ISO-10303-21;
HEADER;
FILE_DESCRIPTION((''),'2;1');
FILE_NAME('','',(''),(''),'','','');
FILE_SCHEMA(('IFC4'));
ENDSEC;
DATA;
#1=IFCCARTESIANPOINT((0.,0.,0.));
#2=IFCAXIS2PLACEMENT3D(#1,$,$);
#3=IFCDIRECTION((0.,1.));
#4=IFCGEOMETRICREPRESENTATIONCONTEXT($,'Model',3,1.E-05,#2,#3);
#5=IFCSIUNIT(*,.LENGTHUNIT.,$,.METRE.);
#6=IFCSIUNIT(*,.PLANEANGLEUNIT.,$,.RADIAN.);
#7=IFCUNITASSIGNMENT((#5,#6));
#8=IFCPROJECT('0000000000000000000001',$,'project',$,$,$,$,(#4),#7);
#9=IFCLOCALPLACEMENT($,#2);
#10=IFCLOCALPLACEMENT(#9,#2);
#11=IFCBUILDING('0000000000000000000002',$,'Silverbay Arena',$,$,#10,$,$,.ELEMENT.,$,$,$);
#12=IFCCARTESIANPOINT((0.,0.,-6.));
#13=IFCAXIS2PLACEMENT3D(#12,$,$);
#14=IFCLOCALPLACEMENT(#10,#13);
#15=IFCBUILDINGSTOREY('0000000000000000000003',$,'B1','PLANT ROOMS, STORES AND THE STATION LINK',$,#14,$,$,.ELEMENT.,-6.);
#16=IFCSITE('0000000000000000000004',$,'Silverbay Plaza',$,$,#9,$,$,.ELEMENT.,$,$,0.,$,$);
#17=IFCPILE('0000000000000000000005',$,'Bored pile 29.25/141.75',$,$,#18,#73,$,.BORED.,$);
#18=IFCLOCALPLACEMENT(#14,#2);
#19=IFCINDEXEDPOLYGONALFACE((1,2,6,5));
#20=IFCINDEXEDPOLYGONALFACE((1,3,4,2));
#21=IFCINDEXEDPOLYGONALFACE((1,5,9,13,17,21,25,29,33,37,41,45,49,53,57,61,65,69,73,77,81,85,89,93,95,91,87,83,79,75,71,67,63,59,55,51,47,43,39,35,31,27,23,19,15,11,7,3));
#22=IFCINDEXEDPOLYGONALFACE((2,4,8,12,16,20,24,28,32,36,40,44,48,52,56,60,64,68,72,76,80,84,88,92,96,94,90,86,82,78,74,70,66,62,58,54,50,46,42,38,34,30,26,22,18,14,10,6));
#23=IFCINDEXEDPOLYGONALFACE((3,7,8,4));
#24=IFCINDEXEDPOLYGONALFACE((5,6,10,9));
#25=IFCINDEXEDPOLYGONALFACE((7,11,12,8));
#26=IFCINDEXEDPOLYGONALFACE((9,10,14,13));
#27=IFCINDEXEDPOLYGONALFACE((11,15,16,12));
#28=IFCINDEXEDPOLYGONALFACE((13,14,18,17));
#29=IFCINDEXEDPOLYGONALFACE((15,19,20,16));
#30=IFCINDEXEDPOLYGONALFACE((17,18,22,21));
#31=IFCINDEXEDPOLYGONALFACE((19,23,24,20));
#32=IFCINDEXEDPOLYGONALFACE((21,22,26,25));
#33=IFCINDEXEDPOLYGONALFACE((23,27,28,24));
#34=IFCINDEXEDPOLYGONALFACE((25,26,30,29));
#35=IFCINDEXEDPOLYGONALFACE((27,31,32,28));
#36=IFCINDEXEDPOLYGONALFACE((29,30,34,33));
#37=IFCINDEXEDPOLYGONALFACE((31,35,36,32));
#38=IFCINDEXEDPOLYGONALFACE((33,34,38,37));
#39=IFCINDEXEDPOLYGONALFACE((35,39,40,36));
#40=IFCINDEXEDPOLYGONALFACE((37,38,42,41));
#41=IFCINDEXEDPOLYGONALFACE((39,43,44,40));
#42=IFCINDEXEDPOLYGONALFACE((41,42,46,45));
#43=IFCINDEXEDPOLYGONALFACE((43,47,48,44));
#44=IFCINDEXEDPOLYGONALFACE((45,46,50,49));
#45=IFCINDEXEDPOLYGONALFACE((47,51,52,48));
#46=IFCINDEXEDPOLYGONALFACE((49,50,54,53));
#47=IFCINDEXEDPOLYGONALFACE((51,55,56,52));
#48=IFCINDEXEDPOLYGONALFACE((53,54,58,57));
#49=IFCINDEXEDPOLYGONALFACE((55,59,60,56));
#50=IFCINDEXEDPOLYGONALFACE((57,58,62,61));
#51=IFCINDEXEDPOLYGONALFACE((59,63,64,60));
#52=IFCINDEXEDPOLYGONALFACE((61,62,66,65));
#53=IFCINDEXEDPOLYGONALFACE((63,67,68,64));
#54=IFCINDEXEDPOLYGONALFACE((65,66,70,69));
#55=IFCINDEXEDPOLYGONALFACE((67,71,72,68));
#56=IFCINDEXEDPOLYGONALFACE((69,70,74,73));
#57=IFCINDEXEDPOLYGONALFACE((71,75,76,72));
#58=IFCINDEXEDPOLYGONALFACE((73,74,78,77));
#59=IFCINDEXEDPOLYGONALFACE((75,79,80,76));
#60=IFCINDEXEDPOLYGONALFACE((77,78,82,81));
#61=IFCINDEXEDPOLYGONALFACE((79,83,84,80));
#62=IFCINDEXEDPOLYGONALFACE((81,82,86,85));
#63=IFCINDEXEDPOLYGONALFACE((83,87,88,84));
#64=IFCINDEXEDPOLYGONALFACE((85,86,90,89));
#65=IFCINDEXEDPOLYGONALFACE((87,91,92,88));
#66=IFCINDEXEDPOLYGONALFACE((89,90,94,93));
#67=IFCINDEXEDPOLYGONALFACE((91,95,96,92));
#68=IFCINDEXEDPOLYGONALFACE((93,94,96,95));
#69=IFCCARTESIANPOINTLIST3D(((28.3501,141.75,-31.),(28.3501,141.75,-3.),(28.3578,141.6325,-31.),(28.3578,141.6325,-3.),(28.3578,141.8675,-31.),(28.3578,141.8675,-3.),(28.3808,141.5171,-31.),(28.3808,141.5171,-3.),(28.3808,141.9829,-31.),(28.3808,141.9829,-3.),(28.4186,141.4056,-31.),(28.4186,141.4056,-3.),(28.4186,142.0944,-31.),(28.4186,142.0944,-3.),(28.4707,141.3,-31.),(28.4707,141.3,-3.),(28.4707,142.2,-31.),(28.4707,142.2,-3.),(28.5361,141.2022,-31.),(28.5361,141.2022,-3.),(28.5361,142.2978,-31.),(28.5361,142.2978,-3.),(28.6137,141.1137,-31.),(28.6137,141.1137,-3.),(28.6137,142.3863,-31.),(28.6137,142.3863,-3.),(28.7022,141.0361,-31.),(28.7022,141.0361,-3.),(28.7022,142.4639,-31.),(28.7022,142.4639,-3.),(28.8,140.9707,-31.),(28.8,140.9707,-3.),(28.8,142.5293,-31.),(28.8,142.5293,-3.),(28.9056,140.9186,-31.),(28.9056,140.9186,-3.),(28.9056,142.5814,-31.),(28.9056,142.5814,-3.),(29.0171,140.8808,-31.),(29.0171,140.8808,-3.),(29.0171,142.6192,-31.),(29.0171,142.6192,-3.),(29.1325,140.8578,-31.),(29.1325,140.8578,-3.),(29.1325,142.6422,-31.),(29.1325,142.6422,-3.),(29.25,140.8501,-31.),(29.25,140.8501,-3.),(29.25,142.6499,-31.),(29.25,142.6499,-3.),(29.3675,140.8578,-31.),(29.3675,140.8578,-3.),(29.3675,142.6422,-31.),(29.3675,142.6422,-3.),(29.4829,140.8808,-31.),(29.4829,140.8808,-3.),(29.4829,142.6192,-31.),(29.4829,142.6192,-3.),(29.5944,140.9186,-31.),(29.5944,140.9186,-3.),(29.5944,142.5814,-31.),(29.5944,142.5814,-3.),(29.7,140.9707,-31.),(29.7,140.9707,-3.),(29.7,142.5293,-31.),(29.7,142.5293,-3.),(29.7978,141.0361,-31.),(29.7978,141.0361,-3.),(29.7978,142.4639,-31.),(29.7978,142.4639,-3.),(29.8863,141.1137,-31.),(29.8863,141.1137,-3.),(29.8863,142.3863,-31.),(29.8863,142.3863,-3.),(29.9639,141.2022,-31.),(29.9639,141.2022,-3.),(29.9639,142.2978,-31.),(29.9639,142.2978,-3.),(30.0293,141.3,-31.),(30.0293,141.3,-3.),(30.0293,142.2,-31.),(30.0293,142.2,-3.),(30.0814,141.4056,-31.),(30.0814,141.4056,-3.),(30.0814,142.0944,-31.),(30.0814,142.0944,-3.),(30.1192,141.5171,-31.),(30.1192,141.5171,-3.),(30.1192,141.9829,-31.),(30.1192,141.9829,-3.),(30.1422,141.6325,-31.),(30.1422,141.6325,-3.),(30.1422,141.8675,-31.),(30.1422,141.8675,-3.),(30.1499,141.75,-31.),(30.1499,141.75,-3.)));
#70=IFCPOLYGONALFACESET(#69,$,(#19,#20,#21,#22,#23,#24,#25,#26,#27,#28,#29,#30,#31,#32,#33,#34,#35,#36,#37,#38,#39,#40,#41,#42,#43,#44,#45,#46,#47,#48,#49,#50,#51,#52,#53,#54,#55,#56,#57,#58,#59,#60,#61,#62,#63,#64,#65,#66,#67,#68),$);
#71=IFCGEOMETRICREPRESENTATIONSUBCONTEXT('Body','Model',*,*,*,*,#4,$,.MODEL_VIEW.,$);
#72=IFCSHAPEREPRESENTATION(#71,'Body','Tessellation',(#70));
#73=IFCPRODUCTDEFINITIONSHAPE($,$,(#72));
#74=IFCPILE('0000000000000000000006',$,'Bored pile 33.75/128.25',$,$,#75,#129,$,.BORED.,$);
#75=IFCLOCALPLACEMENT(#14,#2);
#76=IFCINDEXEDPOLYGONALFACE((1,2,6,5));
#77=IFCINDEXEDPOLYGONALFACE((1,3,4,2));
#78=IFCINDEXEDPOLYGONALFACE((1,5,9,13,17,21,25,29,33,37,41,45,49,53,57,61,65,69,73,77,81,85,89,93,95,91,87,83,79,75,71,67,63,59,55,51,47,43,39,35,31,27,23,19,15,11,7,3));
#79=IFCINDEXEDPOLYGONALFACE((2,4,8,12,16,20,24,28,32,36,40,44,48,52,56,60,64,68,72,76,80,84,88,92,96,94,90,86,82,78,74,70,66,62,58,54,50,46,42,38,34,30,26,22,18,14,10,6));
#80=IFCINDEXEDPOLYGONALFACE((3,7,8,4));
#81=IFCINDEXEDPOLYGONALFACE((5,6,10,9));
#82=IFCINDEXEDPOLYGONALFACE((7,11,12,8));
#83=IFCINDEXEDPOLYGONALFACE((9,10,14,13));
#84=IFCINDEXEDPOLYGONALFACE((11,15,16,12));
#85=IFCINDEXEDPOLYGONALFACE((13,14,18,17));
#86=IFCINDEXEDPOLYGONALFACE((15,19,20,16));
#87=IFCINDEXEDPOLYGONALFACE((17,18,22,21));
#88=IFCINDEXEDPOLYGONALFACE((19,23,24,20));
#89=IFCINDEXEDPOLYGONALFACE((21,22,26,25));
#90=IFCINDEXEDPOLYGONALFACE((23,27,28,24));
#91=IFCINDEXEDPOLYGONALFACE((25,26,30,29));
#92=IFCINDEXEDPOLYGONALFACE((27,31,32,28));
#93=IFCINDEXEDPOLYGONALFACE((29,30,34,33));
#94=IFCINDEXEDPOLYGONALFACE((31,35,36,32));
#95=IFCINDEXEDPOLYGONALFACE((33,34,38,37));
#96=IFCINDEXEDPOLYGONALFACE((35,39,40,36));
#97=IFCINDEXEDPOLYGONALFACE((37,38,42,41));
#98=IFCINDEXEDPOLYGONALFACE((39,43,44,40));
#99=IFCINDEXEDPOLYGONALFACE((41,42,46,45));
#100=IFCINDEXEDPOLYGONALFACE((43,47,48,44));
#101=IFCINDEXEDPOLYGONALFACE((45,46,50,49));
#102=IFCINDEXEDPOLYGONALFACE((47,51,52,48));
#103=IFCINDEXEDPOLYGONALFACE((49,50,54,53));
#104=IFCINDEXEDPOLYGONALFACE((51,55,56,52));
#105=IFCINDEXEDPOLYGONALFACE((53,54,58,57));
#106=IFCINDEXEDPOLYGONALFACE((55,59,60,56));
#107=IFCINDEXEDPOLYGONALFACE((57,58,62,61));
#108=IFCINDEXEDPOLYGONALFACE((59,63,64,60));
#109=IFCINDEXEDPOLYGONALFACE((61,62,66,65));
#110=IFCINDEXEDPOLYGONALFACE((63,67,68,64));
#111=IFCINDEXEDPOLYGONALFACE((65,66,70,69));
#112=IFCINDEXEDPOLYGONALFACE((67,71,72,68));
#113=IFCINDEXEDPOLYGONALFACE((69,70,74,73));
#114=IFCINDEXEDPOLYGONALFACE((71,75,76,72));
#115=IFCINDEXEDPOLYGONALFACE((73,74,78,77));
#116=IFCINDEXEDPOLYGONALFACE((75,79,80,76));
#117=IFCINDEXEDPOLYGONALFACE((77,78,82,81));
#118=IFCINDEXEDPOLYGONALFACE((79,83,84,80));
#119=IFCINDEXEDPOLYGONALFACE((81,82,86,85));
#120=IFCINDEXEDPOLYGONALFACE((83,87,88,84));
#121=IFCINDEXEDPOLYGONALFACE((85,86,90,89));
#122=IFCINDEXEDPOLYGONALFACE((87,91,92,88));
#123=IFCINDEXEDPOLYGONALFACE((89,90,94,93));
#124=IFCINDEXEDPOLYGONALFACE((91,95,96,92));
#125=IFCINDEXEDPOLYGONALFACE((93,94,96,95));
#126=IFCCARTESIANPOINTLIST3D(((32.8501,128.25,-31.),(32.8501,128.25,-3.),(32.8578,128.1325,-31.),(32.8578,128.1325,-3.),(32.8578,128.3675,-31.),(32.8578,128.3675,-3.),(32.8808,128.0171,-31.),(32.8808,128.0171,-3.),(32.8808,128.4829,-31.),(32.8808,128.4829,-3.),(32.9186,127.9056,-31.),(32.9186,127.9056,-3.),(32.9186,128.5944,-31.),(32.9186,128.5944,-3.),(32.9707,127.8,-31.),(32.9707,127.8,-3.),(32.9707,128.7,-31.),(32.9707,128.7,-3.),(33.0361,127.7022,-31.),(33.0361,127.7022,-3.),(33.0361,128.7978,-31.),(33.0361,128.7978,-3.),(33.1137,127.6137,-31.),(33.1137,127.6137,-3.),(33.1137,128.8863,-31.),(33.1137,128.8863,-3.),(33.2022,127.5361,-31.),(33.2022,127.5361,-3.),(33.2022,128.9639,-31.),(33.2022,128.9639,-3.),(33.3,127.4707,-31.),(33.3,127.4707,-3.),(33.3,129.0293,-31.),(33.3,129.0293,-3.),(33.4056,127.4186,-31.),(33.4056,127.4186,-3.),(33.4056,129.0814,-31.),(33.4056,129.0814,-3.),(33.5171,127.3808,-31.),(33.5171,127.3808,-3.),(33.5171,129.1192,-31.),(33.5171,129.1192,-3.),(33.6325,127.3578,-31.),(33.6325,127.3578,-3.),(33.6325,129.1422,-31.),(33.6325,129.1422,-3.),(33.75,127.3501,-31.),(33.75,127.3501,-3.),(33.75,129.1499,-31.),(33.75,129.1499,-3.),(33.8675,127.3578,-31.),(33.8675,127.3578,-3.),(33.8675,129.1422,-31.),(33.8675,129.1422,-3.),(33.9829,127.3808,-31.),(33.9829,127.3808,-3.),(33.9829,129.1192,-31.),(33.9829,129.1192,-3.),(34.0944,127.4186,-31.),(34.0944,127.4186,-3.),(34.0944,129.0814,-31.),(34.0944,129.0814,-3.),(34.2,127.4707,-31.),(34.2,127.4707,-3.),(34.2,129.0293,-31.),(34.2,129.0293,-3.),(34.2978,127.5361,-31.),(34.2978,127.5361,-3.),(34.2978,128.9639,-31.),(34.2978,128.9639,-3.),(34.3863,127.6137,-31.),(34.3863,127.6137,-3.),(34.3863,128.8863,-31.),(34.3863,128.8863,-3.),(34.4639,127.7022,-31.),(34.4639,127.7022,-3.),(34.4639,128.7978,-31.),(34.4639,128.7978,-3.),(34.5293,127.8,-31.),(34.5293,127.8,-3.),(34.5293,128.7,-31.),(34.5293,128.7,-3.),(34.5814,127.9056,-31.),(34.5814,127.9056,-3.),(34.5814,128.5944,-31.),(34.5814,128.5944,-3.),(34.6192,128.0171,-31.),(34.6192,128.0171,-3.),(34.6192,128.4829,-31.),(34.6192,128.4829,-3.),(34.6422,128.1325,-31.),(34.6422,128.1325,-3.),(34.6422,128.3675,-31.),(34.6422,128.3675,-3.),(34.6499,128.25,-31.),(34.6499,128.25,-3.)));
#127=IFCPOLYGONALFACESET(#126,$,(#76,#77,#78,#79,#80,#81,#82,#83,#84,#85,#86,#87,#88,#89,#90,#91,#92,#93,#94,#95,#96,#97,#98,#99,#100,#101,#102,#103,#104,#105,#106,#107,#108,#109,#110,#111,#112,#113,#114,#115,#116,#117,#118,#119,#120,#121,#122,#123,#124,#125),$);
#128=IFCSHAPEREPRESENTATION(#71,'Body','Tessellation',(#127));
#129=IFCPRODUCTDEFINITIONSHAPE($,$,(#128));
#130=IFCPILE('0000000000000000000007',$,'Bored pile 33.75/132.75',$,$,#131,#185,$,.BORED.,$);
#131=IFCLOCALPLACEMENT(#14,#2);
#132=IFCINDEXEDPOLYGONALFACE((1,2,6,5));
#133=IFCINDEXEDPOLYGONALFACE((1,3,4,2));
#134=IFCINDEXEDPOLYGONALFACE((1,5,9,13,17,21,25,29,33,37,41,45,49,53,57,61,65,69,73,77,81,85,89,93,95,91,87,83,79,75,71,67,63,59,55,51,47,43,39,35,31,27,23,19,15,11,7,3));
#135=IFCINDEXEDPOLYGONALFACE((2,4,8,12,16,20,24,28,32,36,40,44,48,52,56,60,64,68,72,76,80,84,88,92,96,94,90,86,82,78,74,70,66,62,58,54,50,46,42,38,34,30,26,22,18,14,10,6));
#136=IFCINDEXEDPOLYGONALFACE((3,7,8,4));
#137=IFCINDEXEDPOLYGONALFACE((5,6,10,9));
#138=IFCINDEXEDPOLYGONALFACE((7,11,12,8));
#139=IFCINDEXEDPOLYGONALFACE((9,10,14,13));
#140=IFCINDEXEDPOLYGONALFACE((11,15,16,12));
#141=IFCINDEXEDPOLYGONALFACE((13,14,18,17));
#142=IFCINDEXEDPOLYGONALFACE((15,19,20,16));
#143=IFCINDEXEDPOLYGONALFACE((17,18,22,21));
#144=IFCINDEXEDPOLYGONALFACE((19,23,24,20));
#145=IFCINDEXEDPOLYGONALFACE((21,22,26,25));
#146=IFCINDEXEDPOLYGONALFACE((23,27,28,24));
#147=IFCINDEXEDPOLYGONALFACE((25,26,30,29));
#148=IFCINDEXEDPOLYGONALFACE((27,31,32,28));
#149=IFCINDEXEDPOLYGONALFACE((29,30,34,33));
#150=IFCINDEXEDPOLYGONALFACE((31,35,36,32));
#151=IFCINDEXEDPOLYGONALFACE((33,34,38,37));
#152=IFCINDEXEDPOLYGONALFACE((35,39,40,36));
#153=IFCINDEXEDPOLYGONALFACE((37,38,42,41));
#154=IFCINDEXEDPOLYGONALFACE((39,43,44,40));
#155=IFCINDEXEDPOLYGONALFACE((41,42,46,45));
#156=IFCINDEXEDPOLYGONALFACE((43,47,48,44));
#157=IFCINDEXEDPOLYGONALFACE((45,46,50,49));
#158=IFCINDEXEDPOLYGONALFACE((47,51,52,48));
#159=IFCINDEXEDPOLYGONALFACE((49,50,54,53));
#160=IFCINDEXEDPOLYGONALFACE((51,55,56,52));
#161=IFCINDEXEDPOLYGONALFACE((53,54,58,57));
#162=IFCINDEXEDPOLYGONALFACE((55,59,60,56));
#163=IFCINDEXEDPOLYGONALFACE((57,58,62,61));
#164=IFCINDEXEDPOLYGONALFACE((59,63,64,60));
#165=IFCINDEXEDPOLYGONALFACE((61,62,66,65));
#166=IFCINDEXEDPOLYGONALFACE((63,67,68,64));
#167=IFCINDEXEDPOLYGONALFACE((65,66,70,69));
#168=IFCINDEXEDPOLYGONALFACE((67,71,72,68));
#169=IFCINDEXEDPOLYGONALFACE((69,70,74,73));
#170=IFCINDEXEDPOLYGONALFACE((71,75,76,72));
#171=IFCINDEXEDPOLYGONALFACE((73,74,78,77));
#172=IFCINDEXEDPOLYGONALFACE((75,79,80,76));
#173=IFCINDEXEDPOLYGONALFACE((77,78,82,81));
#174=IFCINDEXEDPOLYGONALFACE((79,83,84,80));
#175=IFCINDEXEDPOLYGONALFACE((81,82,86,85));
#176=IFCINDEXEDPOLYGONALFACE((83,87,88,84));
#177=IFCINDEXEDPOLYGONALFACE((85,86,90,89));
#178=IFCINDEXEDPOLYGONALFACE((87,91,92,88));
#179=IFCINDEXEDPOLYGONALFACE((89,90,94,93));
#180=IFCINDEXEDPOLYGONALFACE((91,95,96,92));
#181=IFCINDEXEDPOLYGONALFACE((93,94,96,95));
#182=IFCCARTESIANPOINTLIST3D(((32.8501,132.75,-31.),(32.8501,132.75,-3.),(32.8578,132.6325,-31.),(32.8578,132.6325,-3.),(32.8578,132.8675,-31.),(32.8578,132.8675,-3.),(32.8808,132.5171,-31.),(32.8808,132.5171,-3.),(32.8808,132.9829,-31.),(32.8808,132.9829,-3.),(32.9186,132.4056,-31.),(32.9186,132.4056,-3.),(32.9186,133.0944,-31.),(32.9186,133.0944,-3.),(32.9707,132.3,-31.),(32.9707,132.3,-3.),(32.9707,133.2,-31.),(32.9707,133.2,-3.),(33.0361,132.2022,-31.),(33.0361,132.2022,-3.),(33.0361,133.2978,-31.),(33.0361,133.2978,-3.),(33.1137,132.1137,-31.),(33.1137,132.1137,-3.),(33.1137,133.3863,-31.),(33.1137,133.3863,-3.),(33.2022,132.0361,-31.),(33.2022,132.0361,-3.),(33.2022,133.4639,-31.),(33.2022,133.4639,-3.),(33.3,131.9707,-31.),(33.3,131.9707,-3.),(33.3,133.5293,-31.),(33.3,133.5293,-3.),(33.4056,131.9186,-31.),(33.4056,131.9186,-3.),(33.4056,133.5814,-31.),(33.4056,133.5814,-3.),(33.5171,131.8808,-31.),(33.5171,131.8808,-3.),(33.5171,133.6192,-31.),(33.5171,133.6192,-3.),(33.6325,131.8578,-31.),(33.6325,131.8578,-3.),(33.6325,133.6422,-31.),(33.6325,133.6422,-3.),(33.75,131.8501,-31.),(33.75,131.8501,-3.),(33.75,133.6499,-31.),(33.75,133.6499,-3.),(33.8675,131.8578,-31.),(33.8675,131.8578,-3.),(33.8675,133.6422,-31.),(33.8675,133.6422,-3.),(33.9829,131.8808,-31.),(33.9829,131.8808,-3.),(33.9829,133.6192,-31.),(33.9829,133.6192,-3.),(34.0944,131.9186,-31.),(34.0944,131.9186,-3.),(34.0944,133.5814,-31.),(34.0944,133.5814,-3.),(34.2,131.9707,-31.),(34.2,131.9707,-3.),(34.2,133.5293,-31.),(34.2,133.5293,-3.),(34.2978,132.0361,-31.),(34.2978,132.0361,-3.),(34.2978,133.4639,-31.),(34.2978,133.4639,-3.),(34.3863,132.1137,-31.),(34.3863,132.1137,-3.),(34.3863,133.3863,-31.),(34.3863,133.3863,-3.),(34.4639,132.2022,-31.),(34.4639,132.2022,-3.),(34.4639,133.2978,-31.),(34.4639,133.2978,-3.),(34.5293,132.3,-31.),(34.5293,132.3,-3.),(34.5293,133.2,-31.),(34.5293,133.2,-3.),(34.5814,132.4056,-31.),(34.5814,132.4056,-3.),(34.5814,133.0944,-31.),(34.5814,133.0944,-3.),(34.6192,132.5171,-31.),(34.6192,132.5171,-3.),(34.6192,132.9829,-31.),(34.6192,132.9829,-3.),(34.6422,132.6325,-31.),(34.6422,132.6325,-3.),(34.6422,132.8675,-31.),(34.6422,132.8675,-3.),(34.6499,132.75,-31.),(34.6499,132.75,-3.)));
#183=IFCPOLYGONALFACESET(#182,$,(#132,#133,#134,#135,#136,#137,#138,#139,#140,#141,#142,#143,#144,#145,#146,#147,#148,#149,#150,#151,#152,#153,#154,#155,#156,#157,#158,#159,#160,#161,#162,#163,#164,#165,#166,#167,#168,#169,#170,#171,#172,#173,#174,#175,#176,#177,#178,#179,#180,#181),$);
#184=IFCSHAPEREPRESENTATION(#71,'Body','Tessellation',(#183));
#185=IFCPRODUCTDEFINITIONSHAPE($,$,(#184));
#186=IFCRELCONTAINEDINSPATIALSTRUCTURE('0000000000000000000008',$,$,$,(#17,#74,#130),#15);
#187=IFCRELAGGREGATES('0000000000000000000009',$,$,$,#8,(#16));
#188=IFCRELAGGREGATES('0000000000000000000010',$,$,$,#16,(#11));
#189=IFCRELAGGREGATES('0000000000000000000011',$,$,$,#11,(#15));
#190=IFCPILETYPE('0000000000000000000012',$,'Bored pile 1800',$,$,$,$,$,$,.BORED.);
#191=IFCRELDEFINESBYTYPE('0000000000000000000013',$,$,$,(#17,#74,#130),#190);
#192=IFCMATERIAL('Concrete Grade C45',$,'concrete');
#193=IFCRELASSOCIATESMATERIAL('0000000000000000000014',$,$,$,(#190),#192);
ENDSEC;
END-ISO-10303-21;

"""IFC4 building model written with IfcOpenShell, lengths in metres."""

from ifc_helpers import new_model, si_unit, direction, frame, origin, origin_2d, place, context, subcontext, project, spatial, circle, extrude, material, material_profile, profile_set, type_object, element, save


model = new_model("IFC4")

# Units and contexts
model_context = context("Model", 3, precision=1e-05, world=origin(), true_north=direction((0.0, 1.0)))
body_context = subcontext(model_context, "Body", "Model", "MODEL_VIEW")
ifc_project = project(units=[si_unit("LENGTHUNIT", "METRE"), si_unit("PLANEANGLEUNIT", "RADIAN")], contexts=[model_context])

# Site, building, storey
site_placement = place(None, origin())
site = spatial("IfcSite", under=ifc_project, at=site_placement, Name="Silverbay Plaza", CompositionType="ELEMENT", RefElevation=0.0)
building_placement = place(site_placement, origin())
building = spatial("IfcBuilding", under=site, at=building_placement, Name="Silverbay Arena", CompositionType="ELEMENT")
storey_placement = place(building_placement, frame((0.0, 0.0, -6.0)))
storey = spatial("IfcBuildingStorey", under=building, at=storey_placement, Name="B1", Description="PLANT ROOMS, STORES AND THE STATION LINK", CompositionType="ELEMENT", Elevation=-6.0)

# Piles
ifc_material_1 = material(Name="Concrete Grade C45", Category="concrete")
ifc_material_profile = material_profile(ifc_material_1, circle(Radius=0.8999, at=origin_2d()), Name="Bored pile 1800")
ifc_profile_set = profile_set([ifc_material_profile], Name="Concrete Grade C45")
pile_type = type_object("IfcPileType", Name="Bored pile 1800", PredefinedType="BORED", material=ifc_profile_set)
for number, where, z_axis, x_axis, name in (
    (1, (29.25, 141.75, -3.0), (0.0, 0.0, -1.0), (1.0, 0.0, 0.0), "Bored pile 29.25/141.75"),
    (2, (33.75, 128.25, -3.0), (0.0, 0.0, -1.0), (1.0, 0.0, 0.0), "Bored pile 33.75/128.25"),
    (3, (33.75, 132.75, -3.0), (0.0, 0.0, -1.0), (1.0, 0.0, 0.0), "Bored pile 33.75/132.75"),
):
    element("IfcPile", number, at=place(storey_placement, frame(where, z_axis=z_axis, x_axis=x_axis)), inside=storey, type_object=pile_type, Name=name, PredefinedType="BORED", context=body_context, shape_type="SweptSolid", body=[
        extrude(circle(Radius=0.8999, at=origin_2d()), origin(), (0.0, 0.0, 1.0), 28.0),
    ])

save(model, "model.ifc")
